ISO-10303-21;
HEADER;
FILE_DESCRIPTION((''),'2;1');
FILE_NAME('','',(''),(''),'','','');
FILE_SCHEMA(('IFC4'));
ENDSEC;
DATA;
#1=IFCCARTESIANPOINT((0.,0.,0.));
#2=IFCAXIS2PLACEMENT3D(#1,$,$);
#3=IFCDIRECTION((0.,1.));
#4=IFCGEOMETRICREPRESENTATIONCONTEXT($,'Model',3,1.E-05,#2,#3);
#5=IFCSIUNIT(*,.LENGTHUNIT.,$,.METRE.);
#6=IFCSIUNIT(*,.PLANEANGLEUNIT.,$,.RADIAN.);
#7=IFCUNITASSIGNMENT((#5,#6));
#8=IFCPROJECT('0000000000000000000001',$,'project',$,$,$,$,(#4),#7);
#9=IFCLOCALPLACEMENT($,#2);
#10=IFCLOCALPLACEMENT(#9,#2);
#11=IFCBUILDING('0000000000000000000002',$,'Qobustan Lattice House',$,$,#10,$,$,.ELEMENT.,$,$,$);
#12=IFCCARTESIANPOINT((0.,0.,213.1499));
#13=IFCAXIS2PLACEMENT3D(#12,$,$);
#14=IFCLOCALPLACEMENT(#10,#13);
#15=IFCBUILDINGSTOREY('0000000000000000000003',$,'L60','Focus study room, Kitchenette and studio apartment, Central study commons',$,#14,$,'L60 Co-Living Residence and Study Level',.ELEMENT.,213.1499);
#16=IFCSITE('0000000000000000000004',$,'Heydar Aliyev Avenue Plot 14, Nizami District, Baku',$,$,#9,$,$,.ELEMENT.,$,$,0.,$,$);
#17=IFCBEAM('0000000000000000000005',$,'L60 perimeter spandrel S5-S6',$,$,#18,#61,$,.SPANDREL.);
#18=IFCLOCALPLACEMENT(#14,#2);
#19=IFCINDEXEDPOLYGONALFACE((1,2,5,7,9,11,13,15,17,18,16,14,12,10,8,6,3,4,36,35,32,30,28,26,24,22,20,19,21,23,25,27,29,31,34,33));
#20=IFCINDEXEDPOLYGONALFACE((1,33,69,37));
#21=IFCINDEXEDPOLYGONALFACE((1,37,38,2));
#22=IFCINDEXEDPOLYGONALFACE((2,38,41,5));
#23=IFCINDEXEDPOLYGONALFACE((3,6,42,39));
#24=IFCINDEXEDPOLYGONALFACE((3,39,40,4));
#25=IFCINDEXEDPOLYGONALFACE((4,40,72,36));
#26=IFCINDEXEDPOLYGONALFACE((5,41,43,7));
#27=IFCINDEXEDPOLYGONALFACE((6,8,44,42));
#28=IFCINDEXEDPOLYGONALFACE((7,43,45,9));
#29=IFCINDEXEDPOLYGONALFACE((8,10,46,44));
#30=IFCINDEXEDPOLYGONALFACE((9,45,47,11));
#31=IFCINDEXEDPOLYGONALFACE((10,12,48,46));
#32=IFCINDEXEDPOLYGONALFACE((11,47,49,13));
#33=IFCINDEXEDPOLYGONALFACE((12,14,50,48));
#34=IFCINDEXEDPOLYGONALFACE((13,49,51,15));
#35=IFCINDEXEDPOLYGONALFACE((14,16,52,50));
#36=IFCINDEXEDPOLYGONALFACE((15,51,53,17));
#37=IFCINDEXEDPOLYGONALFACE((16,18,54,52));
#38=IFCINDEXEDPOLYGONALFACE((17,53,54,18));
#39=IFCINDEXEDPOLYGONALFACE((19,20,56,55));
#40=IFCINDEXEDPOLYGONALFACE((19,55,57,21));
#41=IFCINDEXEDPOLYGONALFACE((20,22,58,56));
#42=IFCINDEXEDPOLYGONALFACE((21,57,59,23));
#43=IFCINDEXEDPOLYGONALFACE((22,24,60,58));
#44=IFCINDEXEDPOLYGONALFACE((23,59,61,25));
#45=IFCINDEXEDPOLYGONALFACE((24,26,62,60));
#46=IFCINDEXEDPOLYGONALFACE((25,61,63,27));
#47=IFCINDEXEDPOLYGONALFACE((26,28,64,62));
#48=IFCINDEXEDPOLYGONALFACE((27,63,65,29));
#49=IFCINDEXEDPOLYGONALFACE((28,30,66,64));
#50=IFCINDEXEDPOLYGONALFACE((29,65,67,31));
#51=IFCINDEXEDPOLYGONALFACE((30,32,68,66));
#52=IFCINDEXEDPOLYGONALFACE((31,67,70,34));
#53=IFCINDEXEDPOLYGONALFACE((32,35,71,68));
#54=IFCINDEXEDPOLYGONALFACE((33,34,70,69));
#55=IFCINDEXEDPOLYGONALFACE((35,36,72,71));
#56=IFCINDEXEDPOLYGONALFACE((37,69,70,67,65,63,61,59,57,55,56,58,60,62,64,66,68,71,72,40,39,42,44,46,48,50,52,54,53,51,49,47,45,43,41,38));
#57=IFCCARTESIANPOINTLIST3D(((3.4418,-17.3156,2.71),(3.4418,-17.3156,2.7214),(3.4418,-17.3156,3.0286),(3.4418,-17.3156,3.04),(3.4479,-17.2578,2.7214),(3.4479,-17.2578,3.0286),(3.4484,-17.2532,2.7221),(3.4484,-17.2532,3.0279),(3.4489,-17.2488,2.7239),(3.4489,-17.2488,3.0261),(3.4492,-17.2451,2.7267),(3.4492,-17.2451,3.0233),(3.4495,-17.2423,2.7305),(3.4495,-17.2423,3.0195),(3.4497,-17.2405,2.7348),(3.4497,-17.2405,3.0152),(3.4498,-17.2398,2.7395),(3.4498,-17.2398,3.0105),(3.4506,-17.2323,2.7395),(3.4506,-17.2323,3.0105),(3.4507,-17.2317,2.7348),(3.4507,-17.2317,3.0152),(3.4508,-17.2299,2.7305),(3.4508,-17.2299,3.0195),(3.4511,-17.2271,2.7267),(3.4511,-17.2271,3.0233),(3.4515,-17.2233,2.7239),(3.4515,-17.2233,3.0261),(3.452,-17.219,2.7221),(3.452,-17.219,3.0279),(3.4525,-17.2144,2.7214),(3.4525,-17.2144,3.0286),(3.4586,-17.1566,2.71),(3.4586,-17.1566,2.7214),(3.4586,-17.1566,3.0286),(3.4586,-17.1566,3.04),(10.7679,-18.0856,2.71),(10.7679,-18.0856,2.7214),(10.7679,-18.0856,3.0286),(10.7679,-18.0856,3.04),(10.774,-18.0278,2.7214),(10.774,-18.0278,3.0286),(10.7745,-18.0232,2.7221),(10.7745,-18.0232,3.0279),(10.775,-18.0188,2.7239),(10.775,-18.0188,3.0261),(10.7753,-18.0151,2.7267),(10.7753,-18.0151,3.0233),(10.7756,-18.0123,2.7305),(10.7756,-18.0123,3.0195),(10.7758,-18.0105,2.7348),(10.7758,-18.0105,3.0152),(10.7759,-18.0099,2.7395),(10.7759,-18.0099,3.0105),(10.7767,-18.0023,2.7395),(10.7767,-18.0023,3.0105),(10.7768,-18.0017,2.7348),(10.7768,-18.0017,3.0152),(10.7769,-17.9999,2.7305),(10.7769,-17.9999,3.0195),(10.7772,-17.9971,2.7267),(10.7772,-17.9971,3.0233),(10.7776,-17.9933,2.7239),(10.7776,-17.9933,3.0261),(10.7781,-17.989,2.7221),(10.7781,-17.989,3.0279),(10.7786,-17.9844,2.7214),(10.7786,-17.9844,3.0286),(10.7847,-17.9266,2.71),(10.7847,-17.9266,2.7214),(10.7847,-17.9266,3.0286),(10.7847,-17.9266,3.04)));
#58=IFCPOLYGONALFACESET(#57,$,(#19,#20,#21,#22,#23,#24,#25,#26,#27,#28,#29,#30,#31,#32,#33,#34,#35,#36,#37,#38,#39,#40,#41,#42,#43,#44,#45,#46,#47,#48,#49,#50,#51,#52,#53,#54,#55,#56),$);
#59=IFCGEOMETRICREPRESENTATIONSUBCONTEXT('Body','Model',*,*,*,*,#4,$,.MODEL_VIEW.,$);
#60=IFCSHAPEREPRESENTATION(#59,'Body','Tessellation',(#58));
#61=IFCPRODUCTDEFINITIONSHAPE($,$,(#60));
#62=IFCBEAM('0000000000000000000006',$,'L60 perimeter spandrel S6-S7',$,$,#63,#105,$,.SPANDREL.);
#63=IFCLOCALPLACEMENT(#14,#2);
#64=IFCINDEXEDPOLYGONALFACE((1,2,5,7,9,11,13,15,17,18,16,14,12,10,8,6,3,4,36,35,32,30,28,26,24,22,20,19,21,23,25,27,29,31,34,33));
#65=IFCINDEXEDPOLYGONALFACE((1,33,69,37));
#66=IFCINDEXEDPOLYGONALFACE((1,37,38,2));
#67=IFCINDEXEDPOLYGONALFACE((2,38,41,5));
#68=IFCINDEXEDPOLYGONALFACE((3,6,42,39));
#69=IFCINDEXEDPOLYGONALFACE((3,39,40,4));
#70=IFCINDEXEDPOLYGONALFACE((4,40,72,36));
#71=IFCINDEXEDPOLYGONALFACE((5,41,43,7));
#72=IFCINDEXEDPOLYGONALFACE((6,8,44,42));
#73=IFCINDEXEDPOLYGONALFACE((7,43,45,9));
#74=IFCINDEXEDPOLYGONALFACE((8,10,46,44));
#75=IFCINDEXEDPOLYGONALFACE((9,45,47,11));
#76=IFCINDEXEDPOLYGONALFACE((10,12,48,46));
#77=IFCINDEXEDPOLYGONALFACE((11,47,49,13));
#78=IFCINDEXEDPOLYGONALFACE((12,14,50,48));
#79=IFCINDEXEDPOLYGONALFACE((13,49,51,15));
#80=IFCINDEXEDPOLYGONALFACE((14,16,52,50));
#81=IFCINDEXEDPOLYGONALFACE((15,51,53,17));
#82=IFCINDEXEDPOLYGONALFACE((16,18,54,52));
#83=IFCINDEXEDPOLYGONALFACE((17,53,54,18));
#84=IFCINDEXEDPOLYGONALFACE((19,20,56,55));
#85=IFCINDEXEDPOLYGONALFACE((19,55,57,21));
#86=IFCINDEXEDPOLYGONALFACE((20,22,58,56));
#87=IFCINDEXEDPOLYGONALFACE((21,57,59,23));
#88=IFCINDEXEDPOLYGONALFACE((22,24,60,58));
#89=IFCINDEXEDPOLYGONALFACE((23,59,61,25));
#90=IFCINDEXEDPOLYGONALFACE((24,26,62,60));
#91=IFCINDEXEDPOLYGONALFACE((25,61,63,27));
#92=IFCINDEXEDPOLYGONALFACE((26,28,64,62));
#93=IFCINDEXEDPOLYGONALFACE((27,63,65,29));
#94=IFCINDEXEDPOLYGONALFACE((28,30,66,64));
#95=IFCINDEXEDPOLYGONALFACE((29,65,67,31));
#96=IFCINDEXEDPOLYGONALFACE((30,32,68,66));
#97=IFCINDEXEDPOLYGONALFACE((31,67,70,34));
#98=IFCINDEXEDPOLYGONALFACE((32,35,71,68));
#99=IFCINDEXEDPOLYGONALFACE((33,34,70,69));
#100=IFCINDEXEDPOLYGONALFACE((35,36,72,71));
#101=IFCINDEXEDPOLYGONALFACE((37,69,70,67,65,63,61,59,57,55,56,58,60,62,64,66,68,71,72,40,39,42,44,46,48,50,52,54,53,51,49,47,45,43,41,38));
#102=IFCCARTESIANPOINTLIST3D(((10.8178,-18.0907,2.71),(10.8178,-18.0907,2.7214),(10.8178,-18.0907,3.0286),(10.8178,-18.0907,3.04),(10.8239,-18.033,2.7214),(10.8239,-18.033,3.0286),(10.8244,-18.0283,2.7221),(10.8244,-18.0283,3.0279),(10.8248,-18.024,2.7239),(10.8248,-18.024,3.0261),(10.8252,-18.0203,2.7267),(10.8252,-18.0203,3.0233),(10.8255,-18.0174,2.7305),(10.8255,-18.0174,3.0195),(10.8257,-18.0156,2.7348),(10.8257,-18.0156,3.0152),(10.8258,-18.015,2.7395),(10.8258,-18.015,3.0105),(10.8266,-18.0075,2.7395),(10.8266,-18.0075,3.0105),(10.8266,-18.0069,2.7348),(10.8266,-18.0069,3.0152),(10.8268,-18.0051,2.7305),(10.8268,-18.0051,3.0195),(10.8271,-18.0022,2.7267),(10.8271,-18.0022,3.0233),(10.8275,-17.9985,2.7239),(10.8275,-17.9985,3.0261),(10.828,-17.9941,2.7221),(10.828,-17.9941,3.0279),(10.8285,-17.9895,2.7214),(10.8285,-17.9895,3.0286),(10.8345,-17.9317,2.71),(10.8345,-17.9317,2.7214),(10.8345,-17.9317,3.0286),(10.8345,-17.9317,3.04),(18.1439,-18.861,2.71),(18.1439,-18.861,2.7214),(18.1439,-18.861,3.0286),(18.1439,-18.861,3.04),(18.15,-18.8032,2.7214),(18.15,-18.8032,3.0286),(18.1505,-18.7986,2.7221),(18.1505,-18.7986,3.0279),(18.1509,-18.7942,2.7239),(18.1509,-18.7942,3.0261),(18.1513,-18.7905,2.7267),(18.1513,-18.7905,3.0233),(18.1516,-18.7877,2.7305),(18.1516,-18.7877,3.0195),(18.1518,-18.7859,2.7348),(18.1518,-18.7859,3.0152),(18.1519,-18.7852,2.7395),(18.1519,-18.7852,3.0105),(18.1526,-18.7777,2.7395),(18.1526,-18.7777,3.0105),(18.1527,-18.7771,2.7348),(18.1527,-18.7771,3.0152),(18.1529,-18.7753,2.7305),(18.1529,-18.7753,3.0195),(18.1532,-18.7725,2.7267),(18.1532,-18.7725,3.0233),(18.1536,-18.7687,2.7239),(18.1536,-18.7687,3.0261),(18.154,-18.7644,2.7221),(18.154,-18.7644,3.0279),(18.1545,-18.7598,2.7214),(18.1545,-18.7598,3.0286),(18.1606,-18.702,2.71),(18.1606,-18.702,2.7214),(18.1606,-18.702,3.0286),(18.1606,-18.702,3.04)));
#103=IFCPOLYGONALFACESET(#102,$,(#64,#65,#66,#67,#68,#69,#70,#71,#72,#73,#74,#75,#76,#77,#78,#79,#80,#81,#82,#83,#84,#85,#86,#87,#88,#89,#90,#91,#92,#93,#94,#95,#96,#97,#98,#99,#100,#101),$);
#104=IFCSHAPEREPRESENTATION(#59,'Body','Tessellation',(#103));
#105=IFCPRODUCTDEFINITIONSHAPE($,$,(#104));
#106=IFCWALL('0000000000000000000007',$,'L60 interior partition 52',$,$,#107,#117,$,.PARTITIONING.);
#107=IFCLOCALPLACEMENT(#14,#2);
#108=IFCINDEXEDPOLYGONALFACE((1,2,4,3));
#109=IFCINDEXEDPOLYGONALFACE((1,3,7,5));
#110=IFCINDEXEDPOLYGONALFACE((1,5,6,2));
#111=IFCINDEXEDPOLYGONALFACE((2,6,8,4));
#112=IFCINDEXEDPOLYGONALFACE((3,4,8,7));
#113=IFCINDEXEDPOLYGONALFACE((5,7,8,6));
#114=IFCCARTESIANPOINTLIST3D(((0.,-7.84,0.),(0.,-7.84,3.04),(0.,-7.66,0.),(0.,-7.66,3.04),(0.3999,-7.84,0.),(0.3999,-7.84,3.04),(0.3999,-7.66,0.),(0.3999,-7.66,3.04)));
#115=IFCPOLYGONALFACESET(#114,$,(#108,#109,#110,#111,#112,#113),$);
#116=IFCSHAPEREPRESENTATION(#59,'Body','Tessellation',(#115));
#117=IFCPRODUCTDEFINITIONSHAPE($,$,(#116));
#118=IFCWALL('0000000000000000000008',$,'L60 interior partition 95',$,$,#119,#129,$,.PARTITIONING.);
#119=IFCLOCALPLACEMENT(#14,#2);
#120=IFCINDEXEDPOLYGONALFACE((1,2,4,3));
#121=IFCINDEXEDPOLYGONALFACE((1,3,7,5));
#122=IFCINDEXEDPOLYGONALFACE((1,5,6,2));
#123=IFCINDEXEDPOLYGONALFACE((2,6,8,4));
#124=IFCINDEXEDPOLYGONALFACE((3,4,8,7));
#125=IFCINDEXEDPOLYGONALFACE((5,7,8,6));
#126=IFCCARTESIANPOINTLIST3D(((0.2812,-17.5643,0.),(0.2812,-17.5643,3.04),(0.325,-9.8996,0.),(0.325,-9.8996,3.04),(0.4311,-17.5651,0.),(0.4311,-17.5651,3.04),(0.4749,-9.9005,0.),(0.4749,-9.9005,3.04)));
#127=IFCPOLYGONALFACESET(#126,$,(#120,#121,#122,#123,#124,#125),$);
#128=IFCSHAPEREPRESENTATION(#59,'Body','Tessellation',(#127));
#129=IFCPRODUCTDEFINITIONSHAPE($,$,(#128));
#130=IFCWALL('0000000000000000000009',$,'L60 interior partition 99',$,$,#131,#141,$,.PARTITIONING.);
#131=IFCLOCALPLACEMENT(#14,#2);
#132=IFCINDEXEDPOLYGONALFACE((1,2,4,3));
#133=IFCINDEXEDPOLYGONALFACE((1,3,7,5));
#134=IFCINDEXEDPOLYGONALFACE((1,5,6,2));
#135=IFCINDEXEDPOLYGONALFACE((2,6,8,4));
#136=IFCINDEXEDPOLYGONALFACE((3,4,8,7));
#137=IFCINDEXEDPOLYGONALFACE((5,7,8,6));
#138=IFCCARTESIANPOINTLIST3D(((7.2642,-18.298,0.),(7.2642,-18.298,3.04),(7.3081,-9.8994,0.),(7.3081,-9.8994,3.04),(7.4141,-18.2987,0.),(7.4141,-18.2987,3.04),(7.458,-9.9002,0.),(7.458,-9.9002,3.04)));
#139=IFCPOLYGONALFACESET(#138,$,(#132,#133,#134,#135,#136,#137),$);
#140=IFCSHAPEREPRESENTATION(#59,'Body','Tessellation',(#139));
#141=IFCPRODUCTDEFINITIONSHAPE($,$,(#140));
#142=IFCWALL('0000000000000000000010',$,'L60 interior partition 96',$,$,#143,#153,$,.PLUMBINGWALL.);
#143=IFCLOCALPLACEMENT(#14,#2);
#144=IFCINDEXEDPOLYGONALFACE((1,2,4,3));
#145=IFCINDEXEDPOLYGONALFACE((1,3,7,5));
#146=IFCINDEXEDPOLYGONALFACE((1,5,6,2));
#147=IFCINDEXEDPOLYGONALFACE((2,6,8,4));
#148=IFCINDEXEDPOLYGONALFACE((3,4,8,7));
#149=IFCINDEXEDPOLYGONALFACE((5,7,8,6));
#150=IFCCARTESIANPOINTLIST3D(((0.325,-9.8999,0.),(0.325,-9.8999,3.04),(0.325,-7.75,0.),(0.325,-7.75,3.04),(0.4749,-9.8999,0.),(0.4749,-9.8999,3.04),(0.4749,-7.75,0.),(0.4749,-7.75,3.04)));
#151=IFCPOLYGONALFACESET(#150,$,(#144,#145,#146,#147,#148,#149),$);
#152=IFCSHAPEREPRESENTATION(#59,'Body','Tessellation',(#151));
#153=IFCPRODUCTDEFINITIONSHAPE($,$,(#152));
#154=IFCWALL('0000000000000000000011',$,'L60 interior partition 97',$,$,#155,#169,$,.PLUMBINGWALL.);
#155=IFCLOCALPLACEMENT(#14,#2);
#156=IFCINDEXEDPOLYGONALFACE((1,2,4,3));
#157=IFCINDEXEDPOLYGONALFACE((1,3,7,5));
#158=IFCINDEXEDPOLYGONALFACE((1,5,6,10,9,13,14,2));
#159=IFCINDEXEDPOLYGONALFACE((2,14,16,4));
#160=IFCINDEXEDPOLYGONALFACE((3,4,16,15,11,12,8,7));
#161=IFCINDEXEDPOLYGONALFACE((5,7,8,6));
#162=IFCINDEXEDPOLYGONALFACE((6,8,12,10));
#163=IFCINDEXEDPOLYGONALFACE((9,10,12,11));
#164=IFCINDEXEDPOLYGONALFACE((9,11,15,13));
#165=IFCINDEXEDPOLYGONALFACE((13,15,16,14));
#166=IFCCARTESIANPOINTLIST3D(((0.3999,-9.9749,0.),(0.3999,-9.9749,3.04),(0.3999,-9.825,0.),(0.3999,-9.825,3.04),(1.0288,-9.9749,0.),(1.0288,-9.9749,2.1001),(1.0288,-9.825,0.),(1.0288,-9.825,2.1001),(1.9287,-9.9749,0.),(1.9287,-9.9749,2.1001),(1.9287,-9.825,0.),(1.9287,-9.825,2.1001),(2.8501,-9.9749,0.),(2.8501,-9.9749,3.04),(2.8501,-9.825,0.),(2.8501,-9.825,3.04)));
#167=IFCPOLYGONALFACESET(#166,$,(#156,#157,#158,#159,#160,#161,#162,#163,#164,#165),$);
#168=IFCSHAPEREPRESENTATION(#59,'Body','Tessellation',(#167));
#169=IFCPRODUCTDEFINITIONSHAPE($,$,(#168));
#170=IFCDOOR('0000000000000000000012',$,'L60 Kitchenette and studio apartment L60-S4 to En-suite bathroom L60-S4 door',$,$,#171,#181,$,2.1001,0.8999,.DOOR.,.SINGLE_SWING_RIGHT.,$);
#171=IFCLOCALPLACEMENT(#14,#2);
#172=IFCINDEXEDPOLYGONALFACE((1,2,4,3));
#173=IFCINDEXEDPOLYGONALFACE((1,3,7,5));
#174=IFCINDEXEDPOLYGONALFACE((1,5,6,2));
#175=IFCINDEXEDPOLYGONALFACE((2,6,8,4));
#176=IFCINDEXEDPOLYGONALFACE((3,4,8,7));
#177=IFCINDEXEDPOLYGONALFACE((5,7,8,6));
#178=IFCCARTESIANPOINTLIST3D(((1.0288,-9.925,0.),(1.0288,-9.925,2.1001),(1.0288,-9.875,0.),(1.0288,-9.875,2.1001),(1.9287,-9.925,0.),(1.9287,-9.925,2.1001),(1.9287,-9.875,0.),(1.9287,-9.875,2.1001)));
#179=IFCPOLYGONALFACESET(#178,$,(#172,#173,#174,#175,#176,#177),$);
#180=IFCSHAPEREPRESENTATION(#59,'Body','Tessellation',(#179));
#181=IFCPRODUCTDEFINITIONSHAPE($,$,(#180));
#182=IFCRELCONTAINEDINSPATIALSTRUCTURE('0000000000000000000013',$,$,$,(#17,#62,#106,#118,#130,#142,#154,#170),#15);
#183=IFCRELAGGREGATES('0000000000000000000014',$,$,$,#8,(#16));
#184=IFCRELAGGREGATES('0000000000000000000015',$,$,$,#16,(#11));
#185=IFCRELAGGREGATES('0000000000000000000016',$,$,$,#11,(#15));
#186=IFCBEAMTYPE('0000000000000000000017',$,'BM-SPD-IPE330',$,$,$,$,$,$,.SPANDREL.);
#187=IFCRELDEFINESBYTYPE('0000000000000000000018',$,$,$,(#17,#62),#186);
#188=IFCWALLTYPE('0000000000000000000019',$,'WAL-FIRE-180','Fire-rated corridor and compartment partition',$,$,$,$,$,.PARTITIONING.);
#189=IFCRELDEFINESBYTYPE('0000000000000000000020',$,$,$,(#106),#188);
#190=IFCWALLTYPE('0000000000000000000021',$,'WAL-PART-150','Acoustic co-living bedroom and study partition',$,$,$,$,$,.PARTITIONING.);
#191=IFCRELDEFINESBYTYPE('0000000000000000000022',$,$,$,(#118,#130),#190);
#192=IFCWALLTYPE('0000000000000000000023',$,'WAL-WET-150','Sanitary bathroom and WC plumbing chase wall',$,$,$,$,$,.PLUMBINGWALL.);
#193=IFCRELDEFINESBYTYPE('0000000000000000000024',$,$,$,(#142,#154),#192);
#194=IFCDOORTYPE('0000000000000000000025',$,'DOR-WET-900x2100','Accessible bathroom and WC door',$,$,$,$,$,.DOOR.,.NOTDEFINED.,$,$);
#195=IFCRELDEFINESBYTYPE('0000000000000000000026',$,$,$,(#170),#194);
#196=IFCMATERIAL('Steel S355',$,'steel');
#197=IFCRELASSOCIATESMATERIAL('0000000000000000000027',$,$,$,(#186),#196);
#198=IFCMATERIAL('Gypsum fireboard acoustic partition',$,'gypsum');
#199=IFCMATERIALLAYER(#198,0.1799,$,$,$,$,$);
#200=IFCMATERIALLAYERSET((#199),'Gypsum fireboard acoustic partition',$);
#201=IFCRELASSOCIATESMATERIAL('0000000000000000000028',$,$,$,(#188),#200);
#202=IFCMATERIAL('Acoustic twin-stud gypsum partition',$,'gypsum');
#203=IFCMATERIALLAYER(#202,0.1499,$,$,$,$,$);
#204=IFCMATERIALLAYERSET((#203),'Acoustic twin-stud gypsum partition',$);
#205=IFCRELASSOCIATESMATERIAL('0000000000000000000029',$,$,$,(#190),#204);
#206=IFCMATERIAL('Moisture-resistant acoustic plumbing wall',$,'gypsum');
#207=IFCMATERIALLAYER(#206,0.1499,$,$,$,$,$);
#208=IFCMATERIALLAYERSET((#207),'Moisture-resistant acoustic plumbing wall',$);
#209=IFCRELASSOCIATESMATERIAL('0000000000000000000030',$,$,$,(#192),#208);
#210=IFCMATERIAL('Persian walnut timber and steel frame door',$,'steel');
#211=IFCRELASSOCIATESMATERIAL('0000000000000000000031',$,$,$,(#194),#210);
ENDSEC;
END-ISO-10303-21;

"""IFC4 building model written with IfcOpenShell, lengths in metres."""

from ifc_helpers import new_model, si_unit, direction, frame, frame_2d, origin, origin_2d, place, context, subcontext, project, spatial, rectangle, i_section, extrude, material, layer, layer_set, material_profile, profile_set, type_object, element, fill, save


model = new_model("IFC4")

# Units and contexts
model_context = context("Model", 3, precision=1e-05, world=origin(), true_north=direction((0.0, 1.0)))
body_context = subcontext(model_context, "Body", "Model", "MODEL_VIEW")
ifc_project = project(units=[si_unit("LENGTHUNIT", "METRE"), si_unit("PLANEANGLEUNIT", "RADIAN")], contexts=[model_context])

# Site, building, storey
site_placement = place(None, origin())
site = spatial("IfcSite", under=ifc_project, at=site_placement, Name="Heydar Aliyev Avenue Plot 14, Nizami District, Baku", CompositionType="ELEMENT", RefElevation=0.0)
building_placement = place(site_placement, origin())
building = spatial("IfcBuilding", under=site, at=building_placement, Name="Qobustan Lattice House", CompositionType="ELEMENT")
storey_placement = place(building_placement, frame((0.0, 0.0, 213.1499)))
storey = spatial("IfcBuildingStorey", under=building, at=storey_placement, Name="L60", Description="Focus study room, Kitchenette and studio apartment, Central study commons", LongName="L60 Co-Living Residence and Study Level", CompositionType="ELEMENT", Elevation=213.1499)

# Beams
ifc_material_1 = material(Name="Steel S355", Category="steel")
ifc_material_profile_1 = material_profile(ifc_material_1, i_section(OverallWidth=0.1599, OverallDepth=0.3301, WebThickness=0.0076, FlangeThickness=0.0115, FilletRadius=0.0181, at=origin_2d()), Name="IPE330")
ifc_profile_set_1 = profile_set([ifc_material_profile_1], Name="Steel S355")
beam_type_1 = type_object("IfcBeamType", Name="BM-SPD-IPE330", PredefinedType="SPANDREL", material=ifc_profile_set_1)
for number, where, z_axis, x_axis, name in (
    (1, (3.4502, -17.2361, 2.875), (0.994522, -0.10453, 0.0), (0.10453, 0.994522, 0.0), "L60 perimeter spandrel S5-S6"),
    (2, (10.8262, -18.0112, 2.875), (0.994518, -0.104562, 0.0), (0.104562, 0.994518, 0.0), "L60 perimeter spandrel S6-S7"),
):
    element("IfcBeam", number, at=place(storey_placement, frame(where, z_axis=z_axis, x_axis=x_axis)), inside=storey, type_object=beam_type_1, Name=name, PredefinedType="SPANDREL", context=body_context, shape_type="SweptSolid", body=[
        extrude(i_section(OverallWidth=0.1599, OverallDepth=0.3301, WebThickness=0.0076, FlangeThickness=0.0115, FilletRadius=0.0181, at=origin_2d()), origin(), (0.0, 0.0, 1.0), 7.3665),
    ])

# Shared definitions
ifc_material_2 = material(Name="Gypsum fireboard acoustic partition", Category="gypsum")
ifc_layer_1 = layer(ifc_material_2, 0.1799)
ifc_layer_set_1 = layer_set([ifc_layer_1], Name="Gypsum fireboard acoustic partition")
wall_type_1 = type_object("IfcWallType", Name="WAL-FIRE-180", Description="Fire-rated corridor and compartment partition", PredefinedType="PARTITIONING", material=ifc_layer_set_1)

# Walls
wall_1_placement = place(storey_placement, frame((0.3999, -7.75, 0.0), z_axis=(0.0, 0.0, 1.0), x_axis=(-1.0, 0.0, 0.0)))
element("IfcWall", 3, at=wall_1_placement, inside=storey, type_object=wall_type_1, Name="L60 interior partition 52", PredefinedType="PARTITIONING", context=body_context, shape_type="SweptSolid", body=[
    extrude(rectangle(XDim=0.3999, YDim=0.1799, at=frame_2d((0.2, 0.0))), origin(), (0.0, 0.0, 1.0), 3.04),
])
ifc_material_3 = material(Name="Acoustic twin-stud gypsum partition", Category="gypsum")
ifc_layer_2 = layer(ifc_material_3, 0.1499)
ifc_layer_set_2 = layer_set([ifc_layer_2], Name="Acoustic twin-stud gypsum partition")
wall_type_2 = type_object("IfcWallType", Name="WAL-PART-150", Description="Acoustic co-living bedroom and study partition", PredefinedType="PARTITIONING", material=ifc_layer_set_2)
wall_2_placement = place(storey_placement, frame((0.3999, -9.8999, 0.0), z_axis=(0.0, 0.0, 1.0), x_axis=(-0.005702, -0.999984, 0.0)))
element("IfcWall", 4, at=wall_2_placement, inside=storey, type_object=wall_type_2, Name="L60 interior partition 95", PredefinedType="PARTITIONING", context=body_context, shape_type="SweptSolid", body=[
    extrude(rectangle(XDim=7.6648, YDim=0.1499, at=frame_2d((3.8325, 0.0))), origin(), (0.0, 0.0, 1.0), 3.04),
])
wall_3_placement = place(storey_placement, frame((7.3831, -9.8999, 0.0), z_axis=(0.0, 0.0, 1.0), x_axis=(-0.005232, -0.999986, 0.0)))
element("IfcWall", 5, at=wall_3_placement, inside=storey, type_object=wall_type_2, Name="L60 interior partition 99", PredefinedType="PARTITIONING", context=body_context, shape_type="SweptSolid", body=[
    extrude(rectangle(XDim=8.3987, YDim=0.1499, at=frame_2d((4.1992, 0.0))), origin(), (0.0, 0.0, 1.0), 3.04),
])
ifc_material_4 = material(Name="Moisture-resistant acoustic plumbing wall", Category="gypsum")
ifc_layer_3 = layer(ifc_material_4, 0.1499)
ifc_layer_set_3 = layer_set([ifc_layer_3], Name="Moisture-resistant acoustic plumbing wall")
wall_type_3 = type_object("IfcWallType", Name="WAL-WET-150", Description="Sanitary bathroom and WC plumbing chase wall", PredefinedType="PLUMBINGWALL", material=ifc_layer_set_3)
wall_4_placement = place(storey_placement, frame((0.3999, -7.75, 0.0), z_axis=(0.0, 0.0, 1.0), x_axis=(0.0, -1.0, 0.0)))
element("IfcWall", 6, at=wall_4_placement, inside=storey, type_object=wall_type_3, Name="L60 interior partition 96", PredefinedType="PLUMBINGWALL", context=body_context, shape_type="SweptSolid", body=[
    extrude(rectangle(XDim=2.1499, YDim=0.1499, at=frame_2d((1.075, 0.0))), origin(), (0.0, 0.0, 1.0), 3.04),
])

# Wall, opening, door
wall_5_placement = place(storey_placement, frame((0.3999, -9.8999, 0.0), z_axis=(0.0, 0.0, 1.0), x_axis=(1.0, 0.0, 0.0)))
wall_5 = element("IfcWall", 7, at=wall_5_placement, inside=storey, type_object=wall_type_3, Name="L60 interior partition 97", PredefinedType="PLUMBINGWALL", context=body_context, shape_type="SweptSolid", body=[
    extrude(rectangle(XDim=2.4502, YDim=0.1499, at=frame_2d((1.2251, 0.0))), origin(), (0.0, 0.0, 1.0), 3.04),
])
opening_1_placement = place(wall_5_placement, frame((0.6289, 0.0, 0.0)))
opening_1 = element("IfcOpeningElement", 8, at=opening_1_placement, cuts=wall_5, PredefinedType="OPENING", context=body_context, shape_type="SweptSolid", body=[
    extrude(rectangle(XDim=0.8999, YDim=2.1001, at=frame_2d((0.45, 1.05))), frame((0.0, 0.085, 0.0), z_axis=(0.0, -1.0, 0.0), x_axis=(1.0, 0.0, 0.0)), (0.0, 0.0, 1.0), 0.1699),
])
ifc_material_5 = material(Name="Persian walnut timber and steel frame door", Category="steel")
door_type_1 = type_object("IfcDoorType", Name="DOR-WET-900x2100", Description="Accessible bathroom and WC door", OperationType="NOTDEFINED", PredefinedType="DOOR", material=ifc_material_5)
door_1_placement = place(opening_1_placement, origin())
door_1 = element("IfcDoor", 9, at=door_1_placement, inside=storey, type_object=door_type_1, Name="L60 Kitchenette and studio apartment L60-S4 to En-suite bathroom L60-S4 door", OperationType="SINGLE_SWING_RIGHT", OverallHeight=2.1001, OverallWidth=0.8999, PredefinedType="DOOR", context=body_context, shape_type="SweptSolid", body=[
    extrude(rectangle(XDim=0.8999, YDim=2.1001, at=frame_2d((0.45, 1.05))), frame((0.0, 0.0249, 0.0), z_axis=(0.0, -1.0, 0.0), x_axis=(1.0, 0.0, 0.0)), (0.0, 0.0, 1.0), 0.05),
])
fill(opening_1, door_1)

save(model, "model.ifc")
